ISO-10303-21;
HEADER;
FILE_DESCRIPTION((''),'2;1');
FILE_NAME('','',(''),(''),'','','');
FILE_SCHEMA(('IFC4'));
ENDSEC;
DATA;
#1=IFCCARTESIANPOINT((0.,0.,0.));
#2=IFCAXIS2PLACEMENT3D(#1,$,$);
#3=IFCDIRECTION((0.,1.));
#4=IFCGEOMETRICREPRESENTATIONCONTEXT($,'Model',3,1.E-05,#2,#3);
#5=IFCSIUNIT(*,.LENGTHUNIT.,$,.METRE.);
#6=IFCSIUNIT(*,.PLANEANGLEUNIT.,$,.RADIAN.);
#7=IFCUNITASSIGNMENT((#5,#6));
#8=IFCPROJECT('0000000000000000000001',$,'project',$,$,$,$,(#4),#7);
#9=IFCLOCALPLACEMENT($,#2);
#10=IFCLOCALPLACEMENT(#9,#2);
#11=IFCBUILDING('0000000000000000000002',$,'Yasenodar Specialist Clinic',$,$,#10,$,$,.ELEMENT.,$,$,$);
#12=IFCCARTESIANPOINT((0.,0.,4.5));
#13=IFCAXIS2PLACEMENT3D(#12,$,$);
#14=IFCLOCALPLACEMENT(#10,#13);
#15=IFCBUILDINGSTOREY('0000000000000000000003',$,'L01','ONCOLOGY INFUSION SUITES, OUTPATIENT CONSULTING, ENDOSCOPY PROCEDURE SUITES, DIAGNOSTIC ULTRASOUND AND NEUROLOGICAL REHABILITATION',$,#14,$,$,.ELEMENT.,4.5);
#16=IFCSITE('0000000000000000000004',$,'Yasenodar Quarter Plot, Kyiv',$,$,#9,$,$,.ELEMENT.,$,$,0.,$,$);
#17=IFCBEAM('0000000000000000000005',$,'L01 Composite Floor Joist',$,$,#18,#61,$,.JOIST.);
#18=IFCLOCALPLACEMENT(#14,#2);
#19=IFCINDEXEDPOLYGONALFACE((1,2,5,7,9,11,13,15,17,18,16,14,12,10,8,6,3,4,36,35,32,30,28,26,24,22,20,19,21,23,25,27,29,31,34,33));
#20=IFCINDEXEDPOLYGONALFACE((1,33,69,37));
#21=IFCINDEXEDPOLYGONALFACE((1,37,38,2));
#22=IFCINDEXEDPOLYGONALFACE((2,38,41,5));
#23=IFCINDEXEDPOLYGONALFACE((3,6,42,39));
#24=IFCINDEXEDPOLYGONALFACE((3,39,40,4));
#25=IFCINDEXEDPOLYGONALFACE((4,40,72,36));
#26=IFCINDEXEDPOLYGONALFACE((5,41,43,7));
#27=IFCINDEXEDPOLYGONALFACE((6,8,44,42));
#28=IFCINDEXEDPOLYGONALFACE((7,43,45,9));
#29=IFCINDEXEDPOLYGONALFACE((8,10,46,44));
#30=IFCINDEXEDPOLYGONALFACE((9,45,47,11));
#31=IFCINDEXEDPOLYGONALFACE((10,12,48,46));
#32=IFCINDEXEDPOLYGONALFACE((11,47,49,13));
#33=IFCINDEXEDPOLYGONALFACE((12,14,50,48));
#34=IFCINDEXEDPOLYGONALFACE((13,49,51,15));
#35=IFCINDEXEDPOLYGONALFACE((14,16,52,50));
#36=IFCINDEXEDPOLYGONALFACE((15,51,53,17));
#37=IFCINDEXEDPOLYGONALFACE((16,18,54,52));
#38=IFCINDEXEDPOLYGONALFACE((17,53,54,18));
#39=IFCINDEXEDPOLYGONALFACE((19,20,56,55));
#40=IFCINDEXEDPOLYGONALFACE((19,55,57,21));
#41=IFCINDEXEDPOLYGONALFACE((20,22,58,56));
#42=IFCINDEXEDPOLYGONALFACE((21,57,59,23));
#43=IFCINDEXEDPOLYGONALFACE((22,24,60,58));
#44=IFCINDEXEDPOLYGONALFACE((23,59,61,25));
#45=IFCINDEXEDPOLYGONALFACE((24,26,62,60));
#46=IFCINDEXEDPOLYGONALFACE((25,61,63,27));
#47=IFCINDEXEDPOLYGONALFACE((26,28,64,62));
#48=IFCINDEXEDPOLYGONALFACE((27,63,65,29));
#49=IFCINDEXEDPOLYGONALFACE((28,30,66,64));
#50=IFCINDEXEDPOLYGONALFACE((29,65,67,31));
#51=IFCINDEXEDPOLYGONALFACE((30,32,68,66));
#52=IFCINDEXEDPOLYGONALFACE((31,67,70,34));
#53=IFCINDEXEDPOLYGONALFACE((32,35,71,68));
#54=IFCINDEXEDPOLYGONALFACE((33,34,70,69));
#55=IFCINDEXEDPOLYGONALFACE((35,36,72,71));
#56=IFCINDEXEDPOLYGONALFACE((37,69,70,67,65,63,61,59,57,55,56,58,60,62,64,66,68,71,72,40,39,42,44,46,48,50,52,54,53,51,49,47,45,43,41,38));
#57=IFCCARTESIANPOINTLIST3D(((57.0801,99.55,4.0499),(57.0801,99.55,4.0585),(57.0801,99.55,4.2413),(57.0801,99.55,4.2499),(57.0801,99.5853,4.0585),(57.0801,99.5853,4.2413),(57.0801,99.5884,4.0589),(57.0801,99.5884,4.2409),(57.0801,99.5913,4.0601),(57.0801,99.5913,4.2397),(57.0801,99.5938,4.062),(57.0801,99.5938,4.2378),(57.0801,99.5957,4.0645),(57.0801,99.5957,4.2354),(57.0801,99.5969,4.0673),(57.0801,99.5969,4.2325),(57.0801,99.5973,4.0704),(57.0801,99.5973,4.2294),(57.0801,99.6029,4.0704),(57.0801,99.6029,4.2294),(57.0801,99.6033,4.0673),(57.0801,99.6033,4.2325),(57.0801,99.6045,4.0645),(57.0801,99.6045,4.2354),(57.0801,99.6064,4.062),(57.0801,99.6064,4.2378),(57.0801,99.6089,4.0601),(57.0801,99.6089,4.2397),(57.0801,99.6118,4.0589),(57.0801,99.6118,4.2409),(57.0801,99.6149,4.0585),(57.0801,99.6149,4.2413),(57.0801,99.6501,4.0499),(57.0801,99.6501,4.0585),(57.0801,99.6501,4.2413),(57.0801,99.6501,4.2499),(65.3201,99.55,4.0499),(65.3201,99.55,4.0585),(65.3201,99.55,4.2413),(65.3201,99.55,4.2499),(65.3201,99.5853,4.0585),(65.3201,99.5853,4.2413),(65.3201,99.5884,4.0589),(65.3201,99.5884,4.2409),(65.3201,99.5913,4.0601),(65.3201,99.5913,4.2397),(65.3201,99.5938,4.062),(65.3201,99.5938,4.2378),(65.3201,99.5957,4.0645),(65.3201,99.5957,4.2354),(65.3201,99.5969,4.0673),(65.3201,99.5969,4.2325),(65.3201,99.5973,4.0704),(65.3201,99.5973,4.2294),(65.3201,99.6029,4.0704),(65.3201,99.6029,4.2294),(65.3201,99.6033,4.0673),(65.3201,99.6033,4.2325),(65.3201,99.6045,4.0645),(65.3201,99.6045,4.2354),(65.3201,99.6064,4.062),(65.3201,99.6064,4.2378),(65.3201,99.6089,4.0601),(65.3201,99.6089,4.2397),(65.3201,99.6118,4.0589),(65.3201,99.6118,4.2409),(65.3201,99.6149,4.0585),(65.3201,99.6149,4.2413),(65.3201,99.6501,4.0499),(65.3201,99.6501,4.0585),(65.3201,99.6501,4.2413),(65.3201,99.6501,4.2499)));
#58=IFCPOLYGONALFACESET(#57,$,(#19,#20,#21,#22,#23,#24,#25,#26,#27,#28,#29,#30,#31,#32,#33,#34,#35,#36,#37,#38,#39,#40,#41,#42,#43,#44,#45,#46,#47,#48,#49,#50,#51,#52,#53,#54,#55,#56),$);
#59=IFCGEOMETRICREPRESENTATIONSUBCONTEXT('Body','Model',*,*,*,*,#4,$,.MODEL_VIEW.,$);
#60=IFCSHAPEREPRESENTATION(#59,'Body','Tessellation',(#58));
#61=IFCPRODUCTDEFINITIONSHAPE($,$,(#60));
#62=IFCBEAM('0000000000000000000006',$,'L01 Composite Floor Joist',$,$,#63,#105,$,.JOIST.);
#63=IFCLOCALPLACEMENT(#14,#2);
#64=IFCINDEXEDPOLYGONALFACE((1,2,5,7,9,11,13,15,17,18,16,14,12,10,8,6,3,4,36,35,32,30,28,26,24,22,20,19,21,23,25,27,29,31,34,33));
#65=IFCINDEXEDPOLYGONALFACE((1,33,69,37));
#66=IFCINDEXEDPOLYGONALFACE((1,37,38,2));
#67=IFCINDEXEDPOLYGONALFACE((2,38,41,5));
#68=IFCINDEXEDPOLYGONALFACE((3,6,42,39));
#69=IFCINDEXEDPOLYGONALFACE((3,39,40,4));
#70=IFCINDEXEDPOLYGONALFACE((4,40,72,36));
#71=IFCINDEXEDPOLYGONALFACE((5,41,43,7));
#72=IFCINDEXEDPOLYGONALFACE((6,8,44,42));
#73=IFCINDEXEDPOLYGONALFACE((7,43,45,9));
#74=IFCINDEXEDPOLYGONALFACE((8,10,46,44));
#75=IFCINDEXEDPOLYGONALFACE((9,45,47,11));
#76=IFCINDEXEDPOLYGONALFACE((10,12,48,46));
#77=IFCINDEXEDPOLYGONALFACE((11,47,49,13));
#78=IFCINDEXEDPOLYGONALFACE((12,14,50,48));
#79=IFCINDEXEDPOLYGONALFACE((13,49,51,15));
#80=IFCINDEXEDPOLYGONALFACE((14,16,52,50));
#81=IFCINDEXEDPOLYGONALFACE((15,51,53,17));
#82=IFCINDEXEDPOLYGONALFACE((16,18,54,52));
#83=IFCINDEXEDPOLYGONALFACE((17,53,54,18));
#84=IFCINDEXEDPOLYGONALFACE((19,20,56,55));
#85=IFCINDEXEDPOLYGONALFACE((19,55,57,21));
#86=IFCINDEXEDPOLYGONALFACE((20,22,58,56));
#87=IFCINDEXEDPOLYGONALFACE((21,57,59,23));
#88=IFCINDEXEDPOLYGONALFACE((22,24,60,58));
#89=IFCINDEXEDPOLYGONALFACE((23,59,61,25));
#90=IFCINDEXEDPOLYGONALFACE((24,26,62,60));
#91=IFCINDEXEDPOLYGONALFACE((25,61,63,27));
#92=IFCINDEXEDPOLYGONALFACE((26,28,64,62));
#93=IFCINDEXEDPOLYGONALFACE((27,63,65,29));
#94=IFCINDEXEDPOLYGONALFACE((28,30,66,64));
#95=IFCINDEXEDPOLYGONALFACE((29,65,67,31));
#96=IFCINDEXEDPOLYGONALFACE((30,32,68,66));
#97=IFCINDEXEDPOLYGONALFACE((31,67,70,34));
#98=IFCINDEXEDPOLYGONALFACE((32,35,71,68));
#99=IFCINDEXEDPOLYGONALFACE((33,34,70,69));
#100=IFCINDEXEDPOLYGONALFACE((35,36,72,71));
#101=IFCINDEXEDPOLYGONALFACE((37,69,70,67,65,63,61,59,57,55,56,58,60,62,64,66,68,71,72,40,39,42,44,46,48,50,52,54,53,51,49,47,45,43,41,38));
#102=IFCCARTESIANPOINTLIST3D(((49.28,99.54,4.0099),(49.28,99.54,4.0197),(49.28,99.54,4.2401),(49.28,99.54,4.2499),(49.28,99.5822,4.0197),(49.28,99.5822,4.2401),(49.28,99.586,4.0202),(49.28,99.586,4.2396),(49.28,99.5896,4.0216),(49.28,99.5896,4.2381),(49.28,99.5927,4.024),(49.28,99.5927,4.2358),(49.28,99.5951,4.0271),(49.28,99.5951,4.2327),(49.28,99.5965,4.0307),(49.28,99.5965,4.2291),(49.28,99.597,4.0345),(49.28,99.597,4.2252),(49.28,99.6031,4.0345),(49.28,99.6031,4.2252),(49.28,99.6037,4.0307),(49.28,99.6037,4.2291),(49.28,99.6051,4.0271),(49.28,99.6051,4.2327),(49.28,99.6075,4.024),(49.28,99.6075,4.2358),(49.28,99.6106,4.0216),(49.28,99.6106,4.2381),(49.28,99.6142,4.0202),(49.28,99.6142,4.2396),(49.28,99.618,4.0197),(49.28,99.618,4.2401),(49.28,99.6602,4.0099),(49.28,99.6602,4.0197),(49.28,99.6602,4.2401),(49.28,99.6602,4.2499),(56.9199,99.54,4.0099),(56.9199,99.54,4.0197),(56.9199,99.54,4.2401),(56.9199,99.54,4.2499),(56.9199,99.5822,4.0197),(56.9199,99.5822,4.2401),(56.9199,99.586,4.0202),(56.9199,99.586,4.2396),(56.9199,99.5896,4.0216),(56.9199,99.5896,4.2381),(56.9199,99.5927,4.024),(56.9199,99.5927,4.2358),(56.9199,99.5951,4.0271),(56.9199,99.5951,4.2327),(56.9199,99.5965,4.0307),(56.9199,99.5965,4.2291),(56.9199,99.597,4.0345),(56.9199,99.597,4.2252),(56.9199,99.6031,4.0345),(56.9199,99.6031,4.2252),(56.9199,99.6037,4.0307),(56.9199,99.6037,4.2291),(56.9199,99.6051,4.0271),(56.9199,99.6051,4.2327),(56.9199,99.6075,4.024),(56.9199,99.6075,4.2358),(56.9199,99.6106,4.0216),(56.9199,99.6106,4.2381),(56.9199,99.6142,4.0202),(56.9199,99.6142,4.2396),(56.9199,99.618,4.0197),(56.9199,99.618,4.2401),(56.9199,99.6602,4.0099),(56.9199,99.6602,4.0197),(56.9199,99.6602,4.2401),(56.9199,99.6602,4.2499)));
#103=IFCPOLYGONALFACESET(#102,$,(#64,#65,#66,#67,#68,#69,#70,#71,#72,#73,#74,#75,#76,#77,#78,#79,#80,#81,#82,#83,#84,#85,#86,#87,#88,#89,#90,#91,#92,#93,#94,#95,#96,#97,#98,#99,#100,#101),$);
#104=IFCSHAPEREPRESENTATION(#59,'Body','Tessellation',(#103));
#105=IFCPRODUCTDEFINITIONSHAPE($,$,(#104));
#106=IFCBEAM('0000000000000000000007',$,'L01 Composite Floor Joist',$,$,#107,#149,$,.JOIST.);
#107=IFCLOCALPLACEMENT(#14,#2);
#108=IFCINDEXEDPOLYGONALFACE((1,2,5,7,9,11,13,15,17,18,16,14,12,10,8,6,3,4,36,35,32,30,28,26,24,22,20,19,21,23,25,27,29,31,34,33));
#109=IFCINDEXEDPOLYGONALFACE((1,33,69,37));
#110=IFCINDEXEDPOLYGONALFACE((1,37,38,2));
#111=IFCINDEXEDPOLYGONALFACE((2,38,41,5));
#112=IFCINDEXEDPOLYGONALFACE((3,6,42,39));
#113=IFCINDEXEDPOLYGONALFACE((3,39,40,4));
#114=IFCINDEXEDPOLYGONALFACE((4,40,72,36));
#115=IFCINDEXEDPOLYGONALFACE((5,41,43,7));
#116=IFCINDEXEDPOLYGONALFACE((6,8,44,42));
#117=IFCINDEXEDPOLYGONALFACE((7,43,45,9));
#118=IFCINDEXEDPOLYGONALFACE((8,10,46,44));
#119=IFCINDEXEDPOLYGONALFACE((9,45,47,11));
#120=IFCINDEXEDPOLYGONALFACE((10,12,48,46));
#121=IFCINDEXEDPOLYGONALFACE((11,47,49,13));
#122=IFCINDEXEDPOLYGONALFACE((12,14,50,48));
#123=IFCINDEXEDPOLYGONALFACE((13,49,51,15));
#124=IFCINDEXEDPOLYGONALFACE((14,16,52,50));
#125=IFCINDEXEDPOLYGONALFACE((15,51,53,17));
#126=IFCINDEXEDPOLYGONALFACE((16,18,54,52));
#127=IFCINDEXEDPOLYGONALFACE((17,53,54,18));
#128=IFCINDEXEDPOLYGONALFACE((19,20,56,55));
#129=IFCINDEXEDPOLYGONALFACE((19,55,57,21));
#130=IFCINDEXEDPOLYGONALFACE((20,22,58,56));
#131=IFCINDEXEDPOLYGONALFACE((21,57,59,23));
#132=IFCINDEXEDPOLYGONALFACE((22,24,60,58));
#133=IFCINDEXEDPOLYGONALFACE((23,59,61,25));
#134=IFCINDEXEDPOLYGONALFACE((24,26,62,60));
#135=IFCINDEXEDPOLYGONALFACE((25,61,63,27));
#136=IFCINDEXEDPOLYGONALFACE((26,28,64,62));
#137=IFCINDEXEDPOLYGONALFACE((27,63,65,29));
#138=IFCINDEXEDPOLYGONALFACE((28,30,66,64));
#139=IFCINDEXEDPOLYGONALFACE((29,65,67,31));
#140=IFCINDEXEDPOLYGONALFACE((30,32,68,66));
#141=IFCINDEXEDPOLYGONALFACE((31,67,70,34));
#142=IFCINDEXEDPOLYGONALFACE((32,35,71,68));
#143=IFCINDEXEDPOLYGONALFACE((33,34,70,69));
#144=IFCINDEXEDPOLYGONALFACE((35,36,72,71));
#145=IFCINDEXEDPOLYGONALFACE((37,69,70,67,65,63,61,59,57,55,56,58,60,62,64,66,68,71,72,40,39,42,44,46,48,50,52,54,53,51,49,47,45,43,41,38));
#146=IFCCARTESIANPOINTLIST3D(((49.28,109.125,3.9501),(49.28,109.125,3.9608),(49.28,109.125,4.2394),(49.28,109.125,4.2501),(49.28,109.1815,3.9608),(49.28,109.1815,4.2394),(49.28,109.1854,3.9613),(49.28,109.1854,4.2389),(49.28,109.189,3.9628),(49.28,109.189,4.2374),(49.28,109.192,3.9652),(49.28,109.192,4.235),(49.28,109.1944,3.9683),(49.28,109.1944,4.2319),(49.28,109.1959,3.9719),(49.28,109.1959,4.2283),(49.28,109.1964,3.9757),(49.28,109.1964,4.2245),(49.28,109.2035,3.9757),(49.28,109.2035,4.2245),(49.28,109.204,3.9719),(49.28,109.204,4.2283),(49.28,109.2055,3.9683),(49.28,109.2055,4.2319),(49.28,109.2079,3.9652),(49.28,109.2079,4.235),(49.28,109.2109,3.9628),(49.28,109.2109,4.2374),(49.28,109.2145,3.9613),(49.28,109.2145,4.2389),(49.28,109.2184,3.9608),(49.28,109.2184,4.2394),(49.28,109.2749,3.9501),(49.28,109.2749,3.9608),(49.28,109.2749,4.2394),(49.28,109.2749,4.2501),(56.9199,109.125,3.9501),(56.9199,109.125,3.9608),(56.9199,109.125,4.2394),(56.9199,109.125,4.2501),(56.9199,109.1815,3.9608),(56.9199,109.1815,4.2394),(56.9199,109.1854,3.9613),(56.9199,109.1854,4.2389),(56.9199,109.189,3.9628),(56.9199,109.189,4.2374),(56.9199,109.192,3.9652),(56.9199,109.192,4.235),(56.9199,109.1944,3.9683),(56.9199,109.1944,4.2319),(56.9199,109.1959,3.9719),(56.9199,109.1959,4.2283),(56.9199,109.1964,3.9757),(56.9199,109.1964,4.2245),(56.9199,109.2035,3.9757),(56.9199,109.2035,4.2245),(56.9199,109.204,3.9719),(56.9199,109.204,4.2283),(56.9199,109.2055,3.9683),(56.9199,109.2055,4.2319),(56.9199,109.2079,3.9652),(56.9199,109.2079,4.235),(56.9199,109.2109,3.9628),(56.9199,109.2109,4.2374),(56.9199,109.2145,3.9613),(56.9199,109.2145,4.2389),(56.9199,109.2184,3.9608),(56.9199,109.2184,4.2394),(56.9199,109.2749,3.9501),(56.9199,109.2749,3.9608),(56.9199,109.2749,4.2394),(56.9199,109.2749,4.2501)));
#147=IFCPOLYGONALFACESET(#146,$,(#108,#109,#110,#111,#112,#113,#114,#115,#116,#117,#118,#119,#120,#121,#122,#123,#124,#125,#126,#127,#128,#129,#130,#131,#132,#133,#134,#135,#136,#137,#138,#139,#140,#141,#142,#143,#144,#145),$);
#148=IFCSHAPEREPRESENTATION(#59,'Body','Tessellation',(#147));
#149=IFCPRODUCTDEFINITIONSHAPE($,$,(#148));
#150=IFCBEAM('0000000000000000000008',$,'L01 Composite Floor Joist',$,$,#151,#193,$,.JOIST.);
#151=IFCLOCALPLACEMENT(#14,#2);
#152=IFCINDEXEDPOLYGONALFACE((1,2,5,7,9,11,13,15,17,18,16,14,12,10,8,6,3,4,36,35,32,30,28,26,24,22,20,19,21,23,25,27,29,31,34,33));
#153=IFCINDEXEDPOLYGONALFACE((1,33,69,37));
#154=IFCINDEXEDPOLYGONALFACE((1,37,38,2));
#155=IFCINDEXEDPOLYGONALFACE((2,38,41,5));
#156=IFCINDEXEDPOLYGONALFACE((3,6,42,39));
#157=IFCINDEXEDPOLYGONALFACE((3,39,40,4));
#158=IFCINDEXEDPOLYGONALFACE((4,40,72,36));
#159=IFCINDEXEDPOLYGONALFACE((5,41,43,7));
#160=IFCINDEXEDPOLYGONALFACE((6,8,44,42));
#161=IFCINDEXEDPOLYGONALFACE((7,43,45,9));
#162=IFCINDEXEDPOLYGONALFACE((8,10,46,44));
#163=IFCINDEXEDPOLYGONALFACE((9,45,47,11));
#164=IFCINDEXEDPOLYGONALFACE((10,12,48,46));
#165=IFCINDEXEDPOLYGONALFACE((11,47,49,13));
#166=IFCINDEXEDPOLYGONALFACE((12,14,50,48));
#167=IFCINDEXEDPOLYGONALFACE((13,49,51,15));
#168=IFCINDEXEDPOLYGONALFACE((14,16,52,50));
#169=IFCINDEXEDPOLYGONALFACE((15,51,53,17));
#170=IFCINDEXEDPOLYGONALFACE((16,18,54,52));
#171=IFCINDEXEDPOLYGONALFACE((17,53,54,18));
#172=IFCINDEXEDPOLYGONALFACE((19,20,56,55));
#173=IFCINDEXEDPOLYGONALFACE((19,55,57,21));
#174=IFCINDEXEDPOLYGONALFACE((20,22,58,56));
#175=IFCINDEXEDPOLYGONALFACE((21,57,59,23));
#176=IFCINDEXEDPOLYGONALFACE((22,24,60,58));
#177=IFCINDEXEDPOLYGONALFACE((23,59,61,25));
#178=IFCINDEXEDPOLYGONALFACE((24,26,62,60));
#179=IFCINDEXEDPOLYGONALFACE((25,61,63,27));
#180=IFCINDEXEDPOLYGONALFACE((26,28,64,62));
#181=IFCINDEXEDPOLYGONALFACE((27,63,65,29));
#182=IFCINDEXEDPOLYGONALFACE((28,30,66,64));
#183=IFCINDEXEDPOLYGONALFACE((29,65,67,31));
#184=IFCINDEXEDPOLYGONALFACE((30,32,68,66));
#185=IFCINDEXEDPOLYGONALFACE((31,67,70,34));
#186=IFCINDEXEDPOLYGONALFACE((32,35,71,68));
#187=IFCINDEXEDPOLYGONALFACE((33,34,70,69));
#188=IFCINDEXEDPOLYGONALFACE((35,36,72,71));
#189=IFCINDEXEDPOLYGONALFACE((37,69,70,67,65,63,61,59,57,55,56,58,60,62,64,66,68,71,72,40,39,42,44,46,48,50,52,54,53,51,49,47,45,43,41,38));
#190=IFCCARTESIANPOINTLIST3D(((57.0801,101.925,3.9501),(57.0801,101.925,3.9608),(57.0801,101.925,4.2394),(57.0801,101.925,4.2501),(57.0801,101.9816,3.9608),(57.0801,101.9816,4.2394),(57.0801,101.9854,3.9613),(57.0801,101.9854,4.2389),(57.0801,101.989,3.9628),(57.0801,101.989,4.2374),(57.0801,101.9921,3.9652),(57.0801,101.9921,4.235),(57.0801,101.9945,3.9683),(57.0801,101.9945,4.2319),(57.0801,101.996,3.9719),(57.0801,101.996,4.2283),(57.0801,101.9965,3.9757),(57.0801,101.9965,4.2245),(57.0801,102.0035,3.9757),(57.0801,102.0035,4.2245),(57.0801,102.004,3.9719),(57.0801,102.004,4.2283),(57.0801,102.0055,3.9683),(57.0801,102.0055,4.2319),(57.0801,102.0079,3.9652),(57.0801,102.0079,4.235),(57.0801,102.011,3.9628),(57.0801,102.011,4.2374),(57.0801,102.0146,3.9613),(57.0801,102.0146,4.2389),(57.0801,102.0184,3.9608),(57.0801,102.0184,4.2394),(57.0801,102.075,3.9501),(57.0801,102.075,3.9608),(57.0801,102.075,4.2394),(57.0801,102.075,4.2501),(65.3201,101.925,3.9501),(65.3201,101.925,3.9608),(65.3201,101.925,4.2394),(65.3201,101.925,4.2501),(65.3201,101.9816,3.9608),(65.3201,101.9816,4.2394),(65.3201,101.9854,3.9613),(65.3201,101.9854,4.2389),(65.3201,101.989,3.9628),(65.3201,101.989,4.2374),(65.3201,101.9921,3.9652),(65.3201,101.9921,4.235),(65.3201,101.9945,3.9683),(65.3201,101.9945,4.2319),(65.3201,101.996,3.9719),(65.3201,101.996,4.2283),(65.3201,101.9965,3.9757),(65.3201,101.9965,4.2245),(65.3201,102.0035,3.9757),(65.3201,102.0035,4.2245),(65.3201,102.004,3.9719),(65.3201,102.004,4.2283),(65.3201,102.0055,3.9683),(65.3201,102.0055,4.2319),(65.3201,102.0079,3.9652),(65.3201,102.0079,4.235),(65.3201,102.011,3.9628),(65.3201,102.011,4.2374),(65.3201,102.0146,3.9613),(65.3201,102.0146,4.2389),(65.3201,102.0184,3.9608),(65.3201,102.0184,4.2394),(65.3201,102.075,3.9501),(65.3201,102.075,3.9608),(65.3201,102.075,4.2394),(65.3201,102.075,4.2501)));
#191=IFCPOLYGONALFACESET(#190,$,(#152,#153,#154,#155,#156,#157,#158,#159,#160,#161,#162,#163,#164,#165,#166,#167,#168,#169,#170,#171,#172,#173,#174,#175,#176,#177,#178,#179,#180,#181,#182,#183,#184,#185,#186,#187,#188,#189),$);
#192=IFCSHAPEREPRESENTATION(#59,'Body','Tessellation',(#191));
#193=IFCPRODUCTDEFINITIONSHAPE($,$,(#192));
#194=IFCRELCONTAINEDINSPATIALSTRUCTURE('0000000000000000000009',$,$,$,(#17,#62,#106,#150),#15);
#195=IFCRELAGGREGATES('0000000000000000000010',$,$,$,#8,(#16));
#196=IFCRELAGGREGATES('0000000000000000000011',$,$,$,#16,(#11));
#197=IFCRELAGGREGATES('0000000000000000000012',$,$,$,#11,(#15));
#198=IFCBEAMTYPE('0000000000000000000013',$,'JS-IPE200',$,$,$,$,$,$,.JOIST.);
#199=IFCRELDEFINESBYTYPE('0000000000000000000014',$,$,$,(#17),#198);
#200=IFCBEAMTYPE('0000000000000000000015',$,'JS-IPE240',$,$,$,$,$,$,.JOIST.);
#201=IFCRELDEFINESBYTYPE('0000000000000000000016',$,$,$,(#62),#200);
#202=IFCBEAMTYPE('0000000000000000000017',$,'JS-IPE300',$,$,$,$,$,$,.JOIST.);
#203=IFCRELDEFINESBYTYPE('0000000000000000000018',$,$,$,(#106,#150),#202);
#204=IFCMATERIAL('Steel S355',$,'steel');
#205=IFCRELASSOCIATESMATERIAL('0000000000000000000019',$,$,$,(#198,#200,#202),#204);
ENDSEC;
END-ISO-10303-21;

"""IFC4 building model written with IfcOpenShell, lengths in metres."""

from ifc_helpers import new_model, si_unit, direction, frame, origin, origin_2d, place, context, subcontext, project, spatial, i_section, extrude, material, material_profile, profile_set, type_object, element, save


model = new_model("IFC4")

# Units and contexts
model_context = context("Model", 3, precision=1e-05, world=origin(), true_north=direction((0.0, 1.0)))
body_context = subcontext(model_context, "Body", "Model", "MODEL_VIEW")
ifc_project = project(units=[si_unit("LENGTHUNIT", "METRE"), si_unit("PLANEANGLEUNIT", "RADIAN")], contexts=[model_context])

# Site, building, storey
site_placement = place(None, origin())
site = spatial("IfcSite", under=ifc_project, at=site_placement, Name="Yasenodar Quarter Plot, Kyiv", CompositionType="ELEMENT", RefElevation=0.0)
building_placement = place(site_placement, origin())
building = spatial("IfcBuilding", under=site, at=building_placement, Name="Yasenodar Specialist Clinic", CompositionType="ELEMENT")
storey_placement = place(building_placement, frame((0.0, 0.0, 4.5)))
storey = spatial("IfcBuildingStorey", under=building, at=storey_placement, Name="L01", Description="ONCOLOGY INFUSION SUITES, OUTPATIENT CONSULTING, ENDOSCOPY PROCEDURE SUITES, DIAGNOSTIC ULTRASOUND AND NEUROLOGICAL REHABILITATION", CompositionType="ELEMENT", Elevation=4.5)

# Shared definitions
ifc_material_1 = material(Name="Steel S355", Category="steel")

# Beams
ifc_material_profile_1 = material_profile(ifc_material_1, i_section(OverallWidth=0.1001, OverallDepth=0.2, WebThickness=0.0056, FlangeThickness=0.0085, FilletRadius=0.012, at=origin_2d()), Name="IPE 200")
ifc_profile_set_1 = profile_set([ifc_material_profile_1], Name="Steel S355")
beam_type_1 = type_object("IfcBeamType", Name="JS-IPE200", PredefinedType="JOIST", material=ifc_profile_set_1)
beam_1_placement = place(storey_placement, frame((57.0801, 99.6001, 4.1499), z_axis=(1.0, 0.0, 0.0), x_axis=(0.0, 1.0, 0.0)))
element("IfcBeam", 1, at=beam_1_placement, inside=storey, type_object=beam_type_1, Name="L01 Composite Floor Joist", PredefinedType="JOIST", context=body_context, shape_type="SweptSolid", body=[
    extrude(i_section(OverallWidth=0.1001, OverallDepth=0.2, WebThickness=0.0056, FlangeThickness=0.0085, FilletRadius=0.012, at=origin_2d()), origin(), (0.0, 0.0, 1.0), 8.24),
])
ifc_material_profile_2 = material_profile(ifc_material_1, i_section(OverallWidth=0.1201, OverallDepth=0.24, WebThickness=0.0061, FlangeThickness=0.0098, FilletRadius=0.0149, at=origin_2d()), Name="IPE 240")
ifc_profile_set_2 = profile_set([ifc_material_profile_2], Name="Steel S355")
beam_type_2 = type_object("IfcBeamType", Name="JS-IPE240", PredefinedType="JOIST", material=ifc_profile_set_2)
beam_2_placement = place(storey_placement, frame((49.28, 99.6001, 4.1299), z_axis=(1.0, 0.0, 0.0), x_axis=(0.0, 1.0, 0.0)))
element("IfcBeam", 2, at=beam_2_placement, inside=storey, type_object=beam_type_2, Name="L01 Composite Floor Joist", PredefinedType="JOIST", context=body_context, shape_type="SweptSolid", body=[
    extrude(i_section(OverallWidth=0.1201, OverallDepth=0.24, WebThickness=0.0061, FlangeThickness=0.0098, FilletRadius=0.0149, at=origin_2d()), origin(), (0.0, 0.0, 1.0), 7.6399),
])
ifc_material_profile_3 = material_profile(ifc_material_1, i_section(OverallWidth=0.1499, OverallDepth=0.3, WebThickness=0.0071, FlangeThickness=0.0107, FilletRadius=0.0149, at=origin_2d()), Name="IPE 300")
ifc_profile_set_3 = profile_set([ifc_material_profile_3], Name="Steel S355")
beam_type_3 = type_object("IfcBeamType", Name="JS-IPE300", PredefinedType="JOIST", material=ifc_profile_set_3)
beam_3_placement = place(storey_placement, frame((49.28, 109.2, 4.1001), z_axis=(1.0, 0.0, 0.0), x_axis=(0.0, 1.0, 0.0)))
element("IfcBeam", 3, at=beam_3_placement, inside=storey, type_object=beam_type_3, Name="L01 Composite Floor Joist", PredefinedType="JOIST", context=body_context, shape_type="SweptSolid", body=[
    extrude(i_section(OverallWidth=0.1499, OverallDepth=0.3, WebThickness=0.0071, FlangeThickness=0.0107, FilletRadius=0.0149, at=origin_2d()), origin(), (0.0, 0.0, 1.0), 7.6399),
])
beam_4_placement = place(storey_placement, frame((57.0801, 102.0, 4.1001), z_axis=(1.0, 0.0, 0.0), x_axis=(0.0, 1.0, 0.0)))
element("IfcBeam", 4, at=beam_4_placement, inside=storey, type_object=beam_type_3, Name="L01 Composite Floor Joist", PredefinedType="JOIST", context=body_context, shape_type="SweptSolid", body=[
    extrude(i_section(OverallWidth=0.1499, OverallDepth=0.3, WebThickness=0.0071, FlangeThickness=0.0107, FilletRadius=0.0149, at=origin_2d()), origin(), (0.0, 0.0, 1.0), 8.24),
])

save(model, "model.ifc")
